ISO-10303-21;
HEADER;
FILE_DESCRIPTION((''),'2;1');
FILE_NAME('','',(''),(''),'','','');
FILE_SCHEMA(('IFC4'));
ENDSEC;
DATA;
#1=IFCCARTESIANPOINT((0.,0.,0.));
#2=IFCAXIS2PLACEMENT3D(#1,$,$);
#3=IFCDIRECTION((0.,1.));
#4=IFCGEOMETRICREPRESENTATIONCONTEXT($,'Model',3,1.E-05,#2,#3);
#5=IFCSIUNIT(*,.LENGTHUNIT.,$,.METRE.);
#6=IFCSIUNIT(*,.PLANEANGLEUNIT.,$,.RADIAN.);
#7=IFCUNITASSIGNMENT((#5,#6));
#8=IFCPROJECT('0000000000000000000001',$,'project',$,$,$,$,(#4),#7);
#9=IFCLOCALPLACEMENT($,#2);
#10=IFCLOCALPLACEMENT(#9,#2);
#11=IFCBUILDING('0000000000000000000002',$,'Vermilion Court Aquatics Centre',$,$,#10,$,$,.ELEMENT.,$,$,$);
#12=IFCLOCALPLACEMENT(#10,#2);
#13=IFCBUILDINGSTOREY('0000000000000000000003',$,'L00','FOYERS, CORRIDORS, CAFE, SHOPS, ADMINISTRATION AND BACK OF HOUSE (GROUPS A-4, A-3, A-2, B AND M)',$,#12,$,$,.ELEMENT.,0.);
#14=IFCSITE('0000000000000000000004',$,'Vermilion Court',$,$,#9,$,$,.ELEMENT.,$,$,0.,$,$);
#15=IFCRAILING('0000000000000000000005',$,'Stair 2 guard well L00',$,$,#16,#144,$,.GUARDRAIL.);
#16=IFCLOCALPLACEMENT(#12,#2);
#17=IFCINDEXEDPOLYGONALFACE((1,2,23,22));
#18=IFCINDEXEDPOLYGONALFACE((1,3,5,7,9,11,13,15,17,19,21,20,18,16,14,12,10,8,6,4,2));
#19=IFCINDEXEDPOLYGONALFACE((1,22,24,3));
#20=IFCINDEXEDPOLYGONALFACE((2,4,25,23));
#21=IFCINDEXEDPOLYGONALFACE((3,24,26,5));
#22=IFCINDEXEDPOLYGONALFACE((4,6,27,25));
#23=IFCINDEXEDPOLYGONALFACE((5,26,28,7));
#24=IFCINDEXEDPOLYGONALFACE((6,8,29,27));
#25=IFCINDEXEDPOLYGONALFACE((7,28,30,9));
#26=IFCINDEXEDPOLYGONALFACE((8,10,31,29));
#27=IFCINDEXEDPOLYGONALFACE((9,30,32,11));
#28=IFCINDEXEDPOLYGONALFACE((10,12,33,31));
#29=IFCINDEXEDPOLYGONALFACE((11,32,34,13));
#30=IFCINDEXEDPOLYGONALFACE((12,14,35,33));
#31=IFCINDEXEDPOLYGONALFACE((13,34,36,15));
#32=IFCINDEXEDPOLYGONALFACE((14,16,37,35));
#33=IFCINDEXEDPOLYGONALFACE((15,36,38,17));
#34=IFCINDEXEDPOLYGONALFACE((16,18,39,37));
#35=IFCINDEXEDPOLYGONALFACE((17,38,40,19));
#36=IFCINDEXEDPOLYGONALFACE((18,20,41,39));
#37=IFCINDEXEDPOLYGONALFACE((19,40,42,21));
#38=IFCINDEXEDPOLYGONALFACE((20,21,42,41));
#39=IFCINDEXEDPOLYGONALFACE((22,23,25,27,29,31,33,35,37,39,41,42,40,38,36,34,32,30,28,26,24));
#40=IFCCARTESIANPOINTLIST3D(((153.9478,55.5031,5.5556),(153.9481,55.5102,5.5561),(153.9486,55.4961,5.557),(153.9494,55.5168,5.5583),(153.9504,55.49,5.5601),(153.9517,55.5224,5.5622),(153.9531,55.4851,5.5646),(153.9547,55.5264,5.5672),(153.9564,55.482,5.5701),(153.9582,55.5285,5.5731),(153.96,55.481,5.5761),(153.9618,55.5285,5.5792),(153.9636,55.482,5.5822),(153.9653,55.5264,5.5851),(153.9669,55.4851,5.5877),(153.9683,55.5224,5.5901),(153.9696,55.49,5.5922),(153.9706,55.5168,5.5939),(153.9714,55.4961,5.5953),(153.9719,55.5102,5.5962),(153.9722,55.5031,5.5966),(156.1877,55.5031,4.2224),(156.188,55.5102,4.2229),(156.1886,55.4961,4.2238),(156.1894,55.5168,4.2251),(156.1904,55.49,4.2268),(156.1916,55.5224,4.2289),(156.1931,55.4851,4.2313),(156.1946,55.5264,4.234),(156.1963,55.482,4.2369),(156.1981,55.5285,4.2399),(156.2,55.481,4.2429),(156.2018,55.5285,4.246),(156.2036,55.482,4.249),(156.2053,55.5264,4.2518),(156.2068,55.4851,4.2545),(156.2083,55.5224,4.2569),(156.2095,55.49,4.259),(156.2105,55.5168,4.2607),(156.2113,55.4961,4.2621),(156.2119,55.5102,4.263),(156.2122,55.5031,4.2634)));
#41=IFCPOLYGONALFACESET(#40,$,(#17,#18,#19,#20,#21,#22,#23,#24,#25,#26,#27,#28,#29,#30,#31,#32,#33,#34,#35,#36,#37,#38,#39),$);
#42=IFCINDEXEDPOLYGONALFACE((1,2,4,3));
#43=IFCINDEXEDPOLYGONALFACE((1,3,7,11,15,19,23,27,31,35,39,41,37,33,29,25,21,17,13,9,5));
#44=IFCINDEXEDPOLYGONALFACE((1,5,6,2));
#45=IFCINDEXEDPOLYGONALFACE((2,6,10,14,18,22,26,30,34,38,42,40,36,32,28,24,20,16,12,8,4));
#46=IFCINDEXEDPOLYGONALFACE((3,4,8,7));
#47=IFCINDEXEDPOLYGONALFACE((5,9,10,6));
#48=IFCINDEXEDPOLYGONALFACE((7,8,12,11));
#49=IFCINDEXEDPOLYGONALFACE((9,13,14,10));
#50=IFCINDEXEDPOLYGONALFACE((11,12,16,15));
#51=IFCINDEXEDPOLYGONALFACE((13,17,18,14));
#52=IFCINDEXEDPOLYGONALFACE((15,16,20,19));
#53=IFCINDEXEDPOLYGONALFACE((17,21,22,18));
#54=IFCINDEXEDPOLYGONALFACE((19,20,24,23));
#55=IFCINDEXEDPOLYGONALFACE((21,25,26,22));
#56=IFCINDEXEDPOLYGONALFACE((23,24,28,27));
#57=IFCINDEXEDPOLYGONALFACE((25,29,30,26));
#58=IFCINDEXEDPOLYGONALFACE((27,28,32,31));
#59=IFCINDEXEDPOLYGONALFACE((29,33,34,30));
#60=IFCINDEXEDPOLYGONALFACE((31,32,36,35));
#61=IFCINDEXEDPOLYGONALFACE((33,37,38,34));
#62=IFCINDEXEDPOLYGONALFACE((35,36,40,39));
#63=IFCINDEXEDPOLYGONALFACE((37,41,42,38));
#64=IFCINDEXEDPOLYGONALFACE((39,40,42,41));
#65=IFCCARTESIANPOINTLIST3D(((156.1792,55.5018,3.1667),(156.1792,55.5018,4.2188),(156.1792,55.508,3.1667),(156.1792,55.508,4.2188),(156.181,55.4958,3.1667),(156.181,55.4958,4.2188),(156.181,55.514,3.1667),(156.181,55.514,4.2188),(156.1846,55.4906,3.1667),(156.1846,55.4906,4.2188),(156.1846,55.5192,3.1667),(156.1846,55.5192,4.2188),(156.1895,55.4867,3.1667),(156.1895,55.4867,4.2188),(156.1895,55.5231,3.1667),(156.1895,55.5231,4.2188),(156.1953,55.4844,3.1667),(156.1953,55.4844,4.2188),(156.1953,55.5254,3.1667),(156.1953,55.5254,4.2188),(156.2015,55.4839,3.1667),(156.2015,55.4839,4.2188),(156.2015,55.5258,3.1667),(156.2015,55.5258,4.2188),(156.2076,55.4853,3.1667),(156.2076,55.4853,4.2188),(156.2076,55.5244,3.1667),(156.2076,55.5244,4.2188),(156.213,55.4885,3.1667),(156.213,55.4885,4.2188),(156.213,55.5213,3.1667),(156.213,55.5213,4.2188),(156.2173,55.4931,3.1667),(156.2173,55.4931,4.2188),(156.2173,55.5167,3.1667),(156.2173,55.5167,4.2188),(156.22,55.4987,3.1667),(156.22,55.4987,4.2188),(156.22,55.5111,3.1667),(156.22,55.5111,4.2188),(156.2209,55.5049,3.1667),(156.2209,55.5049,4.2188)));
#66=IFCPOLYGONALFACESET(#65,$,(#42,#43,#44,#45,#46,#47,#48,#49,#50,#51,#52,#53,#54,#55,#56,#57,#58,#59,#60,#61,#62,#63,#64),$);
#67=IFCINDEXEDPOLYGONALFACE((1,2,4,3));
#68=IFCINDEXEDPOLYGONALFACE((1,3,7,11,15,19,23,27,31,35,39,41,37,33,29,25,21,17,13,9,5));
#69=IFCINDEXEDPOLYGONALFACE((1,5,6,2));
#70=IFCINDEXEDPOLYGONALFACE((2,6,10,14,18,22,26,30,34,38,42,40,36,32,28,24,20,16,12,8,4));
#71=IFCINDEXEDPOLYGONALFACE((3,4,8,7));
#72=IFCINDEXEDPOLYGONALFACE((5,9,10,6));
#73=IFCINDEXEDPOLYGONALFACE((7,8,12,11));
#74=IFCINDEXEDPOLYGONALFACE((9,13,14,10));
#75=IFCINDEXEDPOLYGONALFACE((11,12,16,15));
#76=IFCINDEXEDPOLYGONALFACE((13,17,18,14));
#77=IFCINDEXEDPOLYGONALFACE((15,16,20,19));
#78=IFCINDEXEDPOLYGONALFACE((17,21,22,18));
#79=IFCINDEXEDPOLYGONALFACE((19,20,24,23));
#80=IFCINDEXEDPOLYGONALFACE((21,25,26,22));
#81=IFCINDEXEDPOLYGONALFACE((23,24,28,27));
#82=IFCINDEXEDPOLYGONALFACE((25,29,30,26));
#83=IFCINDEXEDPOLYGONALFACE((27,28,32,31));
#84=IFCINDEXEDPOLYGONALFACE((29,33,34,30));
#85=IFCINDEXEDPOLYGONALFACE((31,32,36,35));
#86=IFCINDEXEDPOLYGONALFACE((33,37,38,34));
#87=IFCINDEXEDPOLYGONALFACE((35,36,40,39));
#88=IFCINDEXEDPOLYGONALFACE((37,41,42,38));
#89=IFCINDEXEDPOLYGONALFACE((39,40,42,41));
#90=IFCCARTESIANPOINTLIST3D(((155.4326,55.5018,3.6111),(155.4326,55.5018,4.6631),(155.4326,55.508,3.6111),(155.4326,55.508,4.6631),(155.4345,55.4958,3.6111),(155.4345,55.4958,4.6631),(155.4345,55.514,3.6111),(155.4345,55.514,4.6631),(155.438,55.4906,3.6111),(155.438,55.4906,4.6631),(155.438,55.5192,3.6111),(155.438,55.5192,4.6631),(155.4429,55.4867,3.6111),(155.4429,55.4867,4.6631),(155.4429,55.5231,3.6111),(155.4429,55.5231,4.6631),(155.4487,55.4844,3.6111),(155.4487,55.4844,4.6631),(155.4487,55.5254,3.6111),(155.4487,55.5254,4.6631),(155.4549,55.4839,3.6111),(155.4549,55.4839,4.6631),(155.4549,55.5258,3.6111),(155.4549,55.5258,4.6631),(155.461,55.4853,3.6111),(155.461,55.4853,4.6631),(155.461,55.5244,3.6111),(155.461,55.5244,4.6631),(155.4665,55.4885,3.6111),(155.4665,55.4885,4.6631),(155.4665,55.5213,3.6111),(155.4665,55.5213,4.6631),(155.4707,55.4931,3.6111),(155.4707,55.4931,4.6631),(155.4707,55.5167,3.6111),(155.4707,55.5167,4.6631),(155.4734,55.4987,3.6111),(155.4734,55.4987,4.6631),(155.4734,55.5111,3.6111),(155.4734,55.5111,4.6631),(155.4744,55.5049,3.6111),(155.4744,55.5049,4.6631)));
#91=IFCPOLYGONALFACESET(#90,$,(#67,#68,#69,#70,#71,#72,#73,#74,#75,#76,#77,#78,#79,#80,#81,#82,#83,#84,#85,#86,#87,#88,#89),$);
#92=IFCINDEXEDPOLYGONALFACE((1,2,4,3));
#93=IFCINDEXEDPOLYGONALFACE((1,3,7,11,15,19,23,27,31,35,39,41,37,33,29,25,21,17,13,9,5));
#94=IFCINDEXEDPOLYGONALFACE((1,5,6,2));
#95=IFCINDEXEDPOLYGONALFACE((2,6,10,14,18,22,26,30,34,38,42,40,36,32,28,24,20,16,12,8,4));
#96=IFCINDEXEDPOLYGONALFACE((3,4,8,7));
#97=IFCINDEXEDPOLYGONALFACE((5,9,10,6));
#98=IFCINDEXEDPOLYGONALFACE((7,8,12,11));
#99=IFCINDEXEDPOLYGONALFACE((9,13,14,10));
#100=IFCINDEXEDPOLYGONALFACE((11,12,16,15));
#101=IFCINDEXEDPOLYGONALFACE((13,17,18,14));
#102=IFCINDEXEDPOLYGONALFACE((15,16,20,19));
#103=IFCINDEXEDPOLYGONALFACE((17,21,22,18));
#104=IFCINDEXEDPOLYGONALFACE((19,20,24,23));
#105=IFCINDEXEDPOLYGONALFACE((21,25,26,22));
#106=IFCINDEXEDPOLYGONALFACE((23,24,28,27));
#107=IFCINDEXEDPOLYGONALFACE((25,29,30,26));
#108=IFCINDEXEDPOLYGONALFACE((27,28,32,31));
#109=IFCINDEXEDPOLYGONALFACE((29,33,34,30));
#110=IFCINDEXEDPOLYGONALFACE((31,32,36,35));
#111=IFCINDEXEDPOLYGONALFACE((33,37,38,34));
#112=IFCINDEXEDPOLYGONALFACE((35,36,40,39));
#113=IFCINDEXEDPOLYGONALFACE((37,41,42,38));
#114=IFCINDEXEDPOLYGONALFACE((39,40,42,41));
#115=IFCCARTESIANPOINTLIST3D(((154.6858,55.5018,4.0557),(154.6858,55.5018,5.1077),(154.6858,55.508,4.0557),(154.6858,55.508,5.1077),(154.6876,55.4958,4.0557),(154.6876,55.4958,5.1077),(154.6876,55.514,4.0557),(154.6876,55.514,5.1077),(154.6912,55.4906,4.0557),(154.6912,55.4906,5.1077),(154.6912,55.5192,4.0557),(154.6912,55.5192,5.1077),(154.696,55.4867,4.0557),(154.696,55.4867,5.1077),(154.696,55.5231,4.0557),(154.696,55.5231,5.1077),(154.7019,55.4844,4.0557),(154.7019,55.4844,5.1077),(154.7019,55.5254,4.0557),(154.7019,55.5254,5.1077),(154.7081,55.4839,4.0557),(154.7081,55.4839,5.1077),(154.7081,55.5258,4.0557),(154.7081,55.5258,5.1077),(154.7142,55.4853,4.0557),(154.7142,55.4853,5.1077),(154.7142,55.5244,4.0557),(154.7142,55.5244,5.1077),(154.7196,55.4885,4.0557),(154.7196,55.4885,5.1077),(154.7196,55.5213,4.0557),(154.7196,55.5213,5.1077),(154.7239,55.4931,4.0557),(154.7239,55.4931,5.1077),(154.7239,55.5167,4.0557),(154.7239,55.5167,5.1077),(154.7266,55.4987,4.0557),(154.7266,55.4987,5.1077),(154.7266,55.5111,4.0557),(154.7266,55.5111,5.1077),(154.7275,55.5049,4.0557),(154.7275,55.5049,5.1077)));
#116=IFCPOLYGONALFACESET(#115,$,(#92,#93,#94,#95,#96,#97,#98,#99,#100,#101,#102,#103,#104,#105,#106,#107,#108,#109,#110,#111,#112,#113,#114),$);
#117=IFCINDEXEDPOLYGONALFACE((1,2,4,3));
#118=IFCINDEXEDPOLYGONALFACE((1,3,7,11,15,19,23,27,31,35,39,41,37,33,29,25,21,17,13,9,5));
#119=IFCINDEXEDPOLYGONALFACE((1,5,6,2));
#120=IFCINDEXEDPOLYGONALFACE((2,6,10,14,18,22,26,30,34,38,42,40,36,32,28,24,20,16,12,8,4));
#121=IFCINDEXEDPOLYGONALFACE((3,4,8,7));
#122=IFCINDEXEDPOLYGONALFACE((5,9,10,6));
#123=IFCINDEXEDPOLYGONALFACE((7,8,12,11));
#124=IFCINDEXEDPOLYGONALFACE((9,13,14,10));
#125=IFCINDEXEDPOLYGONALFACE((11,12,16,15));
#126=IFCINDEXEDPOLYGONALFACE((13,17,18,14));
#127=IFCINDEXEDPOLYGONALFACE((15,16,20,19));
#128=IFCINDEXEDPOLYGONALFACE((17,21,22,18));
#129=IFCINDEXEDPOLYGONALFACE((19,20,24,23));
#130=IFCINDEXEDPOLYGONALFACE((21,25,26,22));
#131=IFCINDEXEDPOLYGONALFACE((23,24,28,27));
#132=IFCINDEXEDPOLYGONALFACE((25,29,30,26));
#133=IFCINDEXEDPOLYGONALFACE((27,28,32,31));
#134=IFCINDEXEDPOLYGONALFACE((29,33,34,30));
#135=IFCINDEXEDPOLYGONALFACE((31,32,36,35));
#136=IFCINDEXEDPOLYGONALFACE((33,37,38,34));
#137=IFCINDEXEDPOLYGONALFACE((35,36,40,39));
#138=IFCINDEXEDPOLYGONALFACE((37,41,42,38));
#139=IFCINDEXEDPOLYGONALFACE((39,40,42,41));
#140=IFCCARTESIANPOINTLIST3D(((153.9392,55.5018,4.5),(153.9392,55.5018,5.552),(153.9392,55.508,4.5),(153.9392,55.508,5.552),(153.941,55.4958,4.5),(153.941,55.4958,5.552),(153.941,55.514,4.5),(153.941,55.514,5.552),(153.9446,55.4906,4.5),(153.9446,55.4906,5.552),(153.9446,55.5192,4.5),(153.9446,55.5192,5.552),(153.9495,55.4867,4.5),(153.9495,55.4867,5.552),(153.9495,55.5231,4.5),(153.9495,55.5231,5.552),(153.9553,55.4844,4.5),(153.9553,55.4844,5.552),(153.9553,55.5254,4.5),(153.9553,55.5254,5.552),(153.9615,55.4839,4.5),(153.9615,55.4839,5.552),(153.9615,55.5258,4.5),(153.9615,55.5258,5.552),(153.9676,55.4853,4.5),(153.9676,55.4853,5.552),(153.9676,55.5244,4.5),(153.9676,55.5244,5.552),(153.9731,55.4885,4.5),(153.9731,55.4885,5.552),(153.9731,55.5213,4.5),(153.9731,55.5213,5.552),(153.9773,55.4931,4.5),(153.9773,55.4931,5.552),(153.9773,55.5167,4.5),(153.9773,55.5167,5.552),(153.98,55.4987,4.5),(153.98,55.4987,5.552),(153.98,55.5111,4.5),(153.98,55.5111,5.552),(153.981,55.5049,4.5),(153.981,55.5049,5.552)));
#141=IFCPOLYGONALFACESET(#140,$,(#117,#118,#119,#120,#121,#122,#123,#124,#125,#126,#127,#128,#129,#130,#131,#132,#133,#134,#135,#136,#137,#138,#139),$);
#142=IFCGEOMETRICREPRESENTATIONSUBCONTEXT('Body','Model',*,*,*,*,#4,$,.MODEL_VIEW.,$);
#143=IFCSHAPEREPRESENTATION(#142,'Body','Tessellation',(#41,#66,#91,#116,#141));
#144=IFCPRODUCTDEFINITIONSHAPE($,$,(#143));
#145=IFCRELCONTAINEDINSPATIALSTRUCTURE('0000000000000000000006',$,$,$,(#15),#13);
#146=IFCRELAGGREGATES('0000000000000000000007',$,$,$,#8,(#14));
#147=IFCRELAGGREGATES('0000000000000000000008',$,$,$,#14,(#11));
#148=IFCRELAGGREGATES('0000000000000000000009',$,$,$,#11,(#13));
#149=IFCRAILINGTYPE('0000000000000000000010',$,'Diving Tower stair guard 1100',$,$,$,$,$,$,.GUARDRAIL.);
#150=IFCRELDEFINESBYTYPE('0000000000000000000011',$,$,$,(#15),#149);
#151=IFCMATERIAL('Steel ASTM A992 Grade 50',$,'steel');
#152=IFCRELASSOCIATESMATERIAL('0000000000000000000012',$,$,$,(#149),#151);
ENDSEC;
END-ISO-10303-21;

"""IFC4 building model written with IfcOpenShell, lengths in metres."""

from ifc_helpers import new_model, si_unit, direction, frame, origin, origin_2d, place, context, subcontext, project, spatial, circle, extrude, material, type_object, element, save


model = new_model("IFC4")

# Units and contexts
model_context = context("Model", 3, precision=1e-05, world=origin(), true_north=direction((0.0, 1.0)))
body_context = subcontext(model_context, "Body", "Model", "MODEL_VIEW")
ifc_project = project(units=[si_unit("LENGTHUNIT", "METRE"), si_unit("PLANEANGLEUNIT", "RADIAN")], contexts=[model_context])

# Site, building, storey
site_placement = place(None, origin())
site = spatial("IfcSite", under=ifc_project, at=site_placement, Name="Vermilion Court", CompositionType="ELEMENT", RefElevation=0.0)
building_placement = place(site_placement, origin())
building = spatial("IfcBuilding", under=site, at=building_placement, Name="Vermilion Court Aquatics Centre", CompositionType="ELEMENT")
storey_placement = place(building_placement, origin())
storey = spatial("IfcBuildingStorey", under=building, at=storey_placement, Name="L00", Description="FOYERS, CORRIDORS, CAFE, SHOPS, ADMINISTRATION AND BACK OF HOUSE (GROUPS A-4, A-3, A-2, B AND M)", CompositionType="ELEMENT", Elevation=0.0)

# Railing
ifc_material_1 = material(Name="Steel ASTM A992 Grade 50", Category="steel")
railing_type_1 = type_object("IfcRailingType", Name="Diving Tower stair guard 1100", PredefinedType="GUARDRAIL", material=ifc_material_1)
for number, where, name in (
    (1, (156.2, 55.5049, 3.1667), "Stair 2 guard well L00"),
):
    element("IfcRailing", number, at=place(storey_placement, frame(where)), inside=storey, type_object=railing_type_1, Name=name, PredefinedType="GUARDRAIL", context=body_context, shape_type="SweptSolid", body=[
        extrude(circle(Radius=0.0239, at=origin_2d()), frame((0.0, 0.0, 1.0762), z_axis=(-0.859306, 0.0, 0.511462), x_axis=(0.0, -1.0, 0.0)), (0.0, 0.0, 1.0), 2.6067),
        extrude(circle(Radius=0.021, at=origin_2d()), origin(), (0.0, 0.0, 1.0), 1.052),
        extrude(circle(Radius=0.021, at=origin_2d()), frame((-0.7466, 0.0, 0.4443)), (0.0, 0.0, 1.0), 1.052),
        extrude(circle(Radius=0.021, at=origin_2d()), frame((-1.4934, 0.0, 0.8889)), (0.0, 0.0, 1.0), 1.052),
        extrude(circle(Radius=0.021, at=origin_2d()), frame((-2.24, 0.0, 1.3333)), (0.0, 0.0, 1.0), 1.052),
    ])

save(model, "model.ifc")
